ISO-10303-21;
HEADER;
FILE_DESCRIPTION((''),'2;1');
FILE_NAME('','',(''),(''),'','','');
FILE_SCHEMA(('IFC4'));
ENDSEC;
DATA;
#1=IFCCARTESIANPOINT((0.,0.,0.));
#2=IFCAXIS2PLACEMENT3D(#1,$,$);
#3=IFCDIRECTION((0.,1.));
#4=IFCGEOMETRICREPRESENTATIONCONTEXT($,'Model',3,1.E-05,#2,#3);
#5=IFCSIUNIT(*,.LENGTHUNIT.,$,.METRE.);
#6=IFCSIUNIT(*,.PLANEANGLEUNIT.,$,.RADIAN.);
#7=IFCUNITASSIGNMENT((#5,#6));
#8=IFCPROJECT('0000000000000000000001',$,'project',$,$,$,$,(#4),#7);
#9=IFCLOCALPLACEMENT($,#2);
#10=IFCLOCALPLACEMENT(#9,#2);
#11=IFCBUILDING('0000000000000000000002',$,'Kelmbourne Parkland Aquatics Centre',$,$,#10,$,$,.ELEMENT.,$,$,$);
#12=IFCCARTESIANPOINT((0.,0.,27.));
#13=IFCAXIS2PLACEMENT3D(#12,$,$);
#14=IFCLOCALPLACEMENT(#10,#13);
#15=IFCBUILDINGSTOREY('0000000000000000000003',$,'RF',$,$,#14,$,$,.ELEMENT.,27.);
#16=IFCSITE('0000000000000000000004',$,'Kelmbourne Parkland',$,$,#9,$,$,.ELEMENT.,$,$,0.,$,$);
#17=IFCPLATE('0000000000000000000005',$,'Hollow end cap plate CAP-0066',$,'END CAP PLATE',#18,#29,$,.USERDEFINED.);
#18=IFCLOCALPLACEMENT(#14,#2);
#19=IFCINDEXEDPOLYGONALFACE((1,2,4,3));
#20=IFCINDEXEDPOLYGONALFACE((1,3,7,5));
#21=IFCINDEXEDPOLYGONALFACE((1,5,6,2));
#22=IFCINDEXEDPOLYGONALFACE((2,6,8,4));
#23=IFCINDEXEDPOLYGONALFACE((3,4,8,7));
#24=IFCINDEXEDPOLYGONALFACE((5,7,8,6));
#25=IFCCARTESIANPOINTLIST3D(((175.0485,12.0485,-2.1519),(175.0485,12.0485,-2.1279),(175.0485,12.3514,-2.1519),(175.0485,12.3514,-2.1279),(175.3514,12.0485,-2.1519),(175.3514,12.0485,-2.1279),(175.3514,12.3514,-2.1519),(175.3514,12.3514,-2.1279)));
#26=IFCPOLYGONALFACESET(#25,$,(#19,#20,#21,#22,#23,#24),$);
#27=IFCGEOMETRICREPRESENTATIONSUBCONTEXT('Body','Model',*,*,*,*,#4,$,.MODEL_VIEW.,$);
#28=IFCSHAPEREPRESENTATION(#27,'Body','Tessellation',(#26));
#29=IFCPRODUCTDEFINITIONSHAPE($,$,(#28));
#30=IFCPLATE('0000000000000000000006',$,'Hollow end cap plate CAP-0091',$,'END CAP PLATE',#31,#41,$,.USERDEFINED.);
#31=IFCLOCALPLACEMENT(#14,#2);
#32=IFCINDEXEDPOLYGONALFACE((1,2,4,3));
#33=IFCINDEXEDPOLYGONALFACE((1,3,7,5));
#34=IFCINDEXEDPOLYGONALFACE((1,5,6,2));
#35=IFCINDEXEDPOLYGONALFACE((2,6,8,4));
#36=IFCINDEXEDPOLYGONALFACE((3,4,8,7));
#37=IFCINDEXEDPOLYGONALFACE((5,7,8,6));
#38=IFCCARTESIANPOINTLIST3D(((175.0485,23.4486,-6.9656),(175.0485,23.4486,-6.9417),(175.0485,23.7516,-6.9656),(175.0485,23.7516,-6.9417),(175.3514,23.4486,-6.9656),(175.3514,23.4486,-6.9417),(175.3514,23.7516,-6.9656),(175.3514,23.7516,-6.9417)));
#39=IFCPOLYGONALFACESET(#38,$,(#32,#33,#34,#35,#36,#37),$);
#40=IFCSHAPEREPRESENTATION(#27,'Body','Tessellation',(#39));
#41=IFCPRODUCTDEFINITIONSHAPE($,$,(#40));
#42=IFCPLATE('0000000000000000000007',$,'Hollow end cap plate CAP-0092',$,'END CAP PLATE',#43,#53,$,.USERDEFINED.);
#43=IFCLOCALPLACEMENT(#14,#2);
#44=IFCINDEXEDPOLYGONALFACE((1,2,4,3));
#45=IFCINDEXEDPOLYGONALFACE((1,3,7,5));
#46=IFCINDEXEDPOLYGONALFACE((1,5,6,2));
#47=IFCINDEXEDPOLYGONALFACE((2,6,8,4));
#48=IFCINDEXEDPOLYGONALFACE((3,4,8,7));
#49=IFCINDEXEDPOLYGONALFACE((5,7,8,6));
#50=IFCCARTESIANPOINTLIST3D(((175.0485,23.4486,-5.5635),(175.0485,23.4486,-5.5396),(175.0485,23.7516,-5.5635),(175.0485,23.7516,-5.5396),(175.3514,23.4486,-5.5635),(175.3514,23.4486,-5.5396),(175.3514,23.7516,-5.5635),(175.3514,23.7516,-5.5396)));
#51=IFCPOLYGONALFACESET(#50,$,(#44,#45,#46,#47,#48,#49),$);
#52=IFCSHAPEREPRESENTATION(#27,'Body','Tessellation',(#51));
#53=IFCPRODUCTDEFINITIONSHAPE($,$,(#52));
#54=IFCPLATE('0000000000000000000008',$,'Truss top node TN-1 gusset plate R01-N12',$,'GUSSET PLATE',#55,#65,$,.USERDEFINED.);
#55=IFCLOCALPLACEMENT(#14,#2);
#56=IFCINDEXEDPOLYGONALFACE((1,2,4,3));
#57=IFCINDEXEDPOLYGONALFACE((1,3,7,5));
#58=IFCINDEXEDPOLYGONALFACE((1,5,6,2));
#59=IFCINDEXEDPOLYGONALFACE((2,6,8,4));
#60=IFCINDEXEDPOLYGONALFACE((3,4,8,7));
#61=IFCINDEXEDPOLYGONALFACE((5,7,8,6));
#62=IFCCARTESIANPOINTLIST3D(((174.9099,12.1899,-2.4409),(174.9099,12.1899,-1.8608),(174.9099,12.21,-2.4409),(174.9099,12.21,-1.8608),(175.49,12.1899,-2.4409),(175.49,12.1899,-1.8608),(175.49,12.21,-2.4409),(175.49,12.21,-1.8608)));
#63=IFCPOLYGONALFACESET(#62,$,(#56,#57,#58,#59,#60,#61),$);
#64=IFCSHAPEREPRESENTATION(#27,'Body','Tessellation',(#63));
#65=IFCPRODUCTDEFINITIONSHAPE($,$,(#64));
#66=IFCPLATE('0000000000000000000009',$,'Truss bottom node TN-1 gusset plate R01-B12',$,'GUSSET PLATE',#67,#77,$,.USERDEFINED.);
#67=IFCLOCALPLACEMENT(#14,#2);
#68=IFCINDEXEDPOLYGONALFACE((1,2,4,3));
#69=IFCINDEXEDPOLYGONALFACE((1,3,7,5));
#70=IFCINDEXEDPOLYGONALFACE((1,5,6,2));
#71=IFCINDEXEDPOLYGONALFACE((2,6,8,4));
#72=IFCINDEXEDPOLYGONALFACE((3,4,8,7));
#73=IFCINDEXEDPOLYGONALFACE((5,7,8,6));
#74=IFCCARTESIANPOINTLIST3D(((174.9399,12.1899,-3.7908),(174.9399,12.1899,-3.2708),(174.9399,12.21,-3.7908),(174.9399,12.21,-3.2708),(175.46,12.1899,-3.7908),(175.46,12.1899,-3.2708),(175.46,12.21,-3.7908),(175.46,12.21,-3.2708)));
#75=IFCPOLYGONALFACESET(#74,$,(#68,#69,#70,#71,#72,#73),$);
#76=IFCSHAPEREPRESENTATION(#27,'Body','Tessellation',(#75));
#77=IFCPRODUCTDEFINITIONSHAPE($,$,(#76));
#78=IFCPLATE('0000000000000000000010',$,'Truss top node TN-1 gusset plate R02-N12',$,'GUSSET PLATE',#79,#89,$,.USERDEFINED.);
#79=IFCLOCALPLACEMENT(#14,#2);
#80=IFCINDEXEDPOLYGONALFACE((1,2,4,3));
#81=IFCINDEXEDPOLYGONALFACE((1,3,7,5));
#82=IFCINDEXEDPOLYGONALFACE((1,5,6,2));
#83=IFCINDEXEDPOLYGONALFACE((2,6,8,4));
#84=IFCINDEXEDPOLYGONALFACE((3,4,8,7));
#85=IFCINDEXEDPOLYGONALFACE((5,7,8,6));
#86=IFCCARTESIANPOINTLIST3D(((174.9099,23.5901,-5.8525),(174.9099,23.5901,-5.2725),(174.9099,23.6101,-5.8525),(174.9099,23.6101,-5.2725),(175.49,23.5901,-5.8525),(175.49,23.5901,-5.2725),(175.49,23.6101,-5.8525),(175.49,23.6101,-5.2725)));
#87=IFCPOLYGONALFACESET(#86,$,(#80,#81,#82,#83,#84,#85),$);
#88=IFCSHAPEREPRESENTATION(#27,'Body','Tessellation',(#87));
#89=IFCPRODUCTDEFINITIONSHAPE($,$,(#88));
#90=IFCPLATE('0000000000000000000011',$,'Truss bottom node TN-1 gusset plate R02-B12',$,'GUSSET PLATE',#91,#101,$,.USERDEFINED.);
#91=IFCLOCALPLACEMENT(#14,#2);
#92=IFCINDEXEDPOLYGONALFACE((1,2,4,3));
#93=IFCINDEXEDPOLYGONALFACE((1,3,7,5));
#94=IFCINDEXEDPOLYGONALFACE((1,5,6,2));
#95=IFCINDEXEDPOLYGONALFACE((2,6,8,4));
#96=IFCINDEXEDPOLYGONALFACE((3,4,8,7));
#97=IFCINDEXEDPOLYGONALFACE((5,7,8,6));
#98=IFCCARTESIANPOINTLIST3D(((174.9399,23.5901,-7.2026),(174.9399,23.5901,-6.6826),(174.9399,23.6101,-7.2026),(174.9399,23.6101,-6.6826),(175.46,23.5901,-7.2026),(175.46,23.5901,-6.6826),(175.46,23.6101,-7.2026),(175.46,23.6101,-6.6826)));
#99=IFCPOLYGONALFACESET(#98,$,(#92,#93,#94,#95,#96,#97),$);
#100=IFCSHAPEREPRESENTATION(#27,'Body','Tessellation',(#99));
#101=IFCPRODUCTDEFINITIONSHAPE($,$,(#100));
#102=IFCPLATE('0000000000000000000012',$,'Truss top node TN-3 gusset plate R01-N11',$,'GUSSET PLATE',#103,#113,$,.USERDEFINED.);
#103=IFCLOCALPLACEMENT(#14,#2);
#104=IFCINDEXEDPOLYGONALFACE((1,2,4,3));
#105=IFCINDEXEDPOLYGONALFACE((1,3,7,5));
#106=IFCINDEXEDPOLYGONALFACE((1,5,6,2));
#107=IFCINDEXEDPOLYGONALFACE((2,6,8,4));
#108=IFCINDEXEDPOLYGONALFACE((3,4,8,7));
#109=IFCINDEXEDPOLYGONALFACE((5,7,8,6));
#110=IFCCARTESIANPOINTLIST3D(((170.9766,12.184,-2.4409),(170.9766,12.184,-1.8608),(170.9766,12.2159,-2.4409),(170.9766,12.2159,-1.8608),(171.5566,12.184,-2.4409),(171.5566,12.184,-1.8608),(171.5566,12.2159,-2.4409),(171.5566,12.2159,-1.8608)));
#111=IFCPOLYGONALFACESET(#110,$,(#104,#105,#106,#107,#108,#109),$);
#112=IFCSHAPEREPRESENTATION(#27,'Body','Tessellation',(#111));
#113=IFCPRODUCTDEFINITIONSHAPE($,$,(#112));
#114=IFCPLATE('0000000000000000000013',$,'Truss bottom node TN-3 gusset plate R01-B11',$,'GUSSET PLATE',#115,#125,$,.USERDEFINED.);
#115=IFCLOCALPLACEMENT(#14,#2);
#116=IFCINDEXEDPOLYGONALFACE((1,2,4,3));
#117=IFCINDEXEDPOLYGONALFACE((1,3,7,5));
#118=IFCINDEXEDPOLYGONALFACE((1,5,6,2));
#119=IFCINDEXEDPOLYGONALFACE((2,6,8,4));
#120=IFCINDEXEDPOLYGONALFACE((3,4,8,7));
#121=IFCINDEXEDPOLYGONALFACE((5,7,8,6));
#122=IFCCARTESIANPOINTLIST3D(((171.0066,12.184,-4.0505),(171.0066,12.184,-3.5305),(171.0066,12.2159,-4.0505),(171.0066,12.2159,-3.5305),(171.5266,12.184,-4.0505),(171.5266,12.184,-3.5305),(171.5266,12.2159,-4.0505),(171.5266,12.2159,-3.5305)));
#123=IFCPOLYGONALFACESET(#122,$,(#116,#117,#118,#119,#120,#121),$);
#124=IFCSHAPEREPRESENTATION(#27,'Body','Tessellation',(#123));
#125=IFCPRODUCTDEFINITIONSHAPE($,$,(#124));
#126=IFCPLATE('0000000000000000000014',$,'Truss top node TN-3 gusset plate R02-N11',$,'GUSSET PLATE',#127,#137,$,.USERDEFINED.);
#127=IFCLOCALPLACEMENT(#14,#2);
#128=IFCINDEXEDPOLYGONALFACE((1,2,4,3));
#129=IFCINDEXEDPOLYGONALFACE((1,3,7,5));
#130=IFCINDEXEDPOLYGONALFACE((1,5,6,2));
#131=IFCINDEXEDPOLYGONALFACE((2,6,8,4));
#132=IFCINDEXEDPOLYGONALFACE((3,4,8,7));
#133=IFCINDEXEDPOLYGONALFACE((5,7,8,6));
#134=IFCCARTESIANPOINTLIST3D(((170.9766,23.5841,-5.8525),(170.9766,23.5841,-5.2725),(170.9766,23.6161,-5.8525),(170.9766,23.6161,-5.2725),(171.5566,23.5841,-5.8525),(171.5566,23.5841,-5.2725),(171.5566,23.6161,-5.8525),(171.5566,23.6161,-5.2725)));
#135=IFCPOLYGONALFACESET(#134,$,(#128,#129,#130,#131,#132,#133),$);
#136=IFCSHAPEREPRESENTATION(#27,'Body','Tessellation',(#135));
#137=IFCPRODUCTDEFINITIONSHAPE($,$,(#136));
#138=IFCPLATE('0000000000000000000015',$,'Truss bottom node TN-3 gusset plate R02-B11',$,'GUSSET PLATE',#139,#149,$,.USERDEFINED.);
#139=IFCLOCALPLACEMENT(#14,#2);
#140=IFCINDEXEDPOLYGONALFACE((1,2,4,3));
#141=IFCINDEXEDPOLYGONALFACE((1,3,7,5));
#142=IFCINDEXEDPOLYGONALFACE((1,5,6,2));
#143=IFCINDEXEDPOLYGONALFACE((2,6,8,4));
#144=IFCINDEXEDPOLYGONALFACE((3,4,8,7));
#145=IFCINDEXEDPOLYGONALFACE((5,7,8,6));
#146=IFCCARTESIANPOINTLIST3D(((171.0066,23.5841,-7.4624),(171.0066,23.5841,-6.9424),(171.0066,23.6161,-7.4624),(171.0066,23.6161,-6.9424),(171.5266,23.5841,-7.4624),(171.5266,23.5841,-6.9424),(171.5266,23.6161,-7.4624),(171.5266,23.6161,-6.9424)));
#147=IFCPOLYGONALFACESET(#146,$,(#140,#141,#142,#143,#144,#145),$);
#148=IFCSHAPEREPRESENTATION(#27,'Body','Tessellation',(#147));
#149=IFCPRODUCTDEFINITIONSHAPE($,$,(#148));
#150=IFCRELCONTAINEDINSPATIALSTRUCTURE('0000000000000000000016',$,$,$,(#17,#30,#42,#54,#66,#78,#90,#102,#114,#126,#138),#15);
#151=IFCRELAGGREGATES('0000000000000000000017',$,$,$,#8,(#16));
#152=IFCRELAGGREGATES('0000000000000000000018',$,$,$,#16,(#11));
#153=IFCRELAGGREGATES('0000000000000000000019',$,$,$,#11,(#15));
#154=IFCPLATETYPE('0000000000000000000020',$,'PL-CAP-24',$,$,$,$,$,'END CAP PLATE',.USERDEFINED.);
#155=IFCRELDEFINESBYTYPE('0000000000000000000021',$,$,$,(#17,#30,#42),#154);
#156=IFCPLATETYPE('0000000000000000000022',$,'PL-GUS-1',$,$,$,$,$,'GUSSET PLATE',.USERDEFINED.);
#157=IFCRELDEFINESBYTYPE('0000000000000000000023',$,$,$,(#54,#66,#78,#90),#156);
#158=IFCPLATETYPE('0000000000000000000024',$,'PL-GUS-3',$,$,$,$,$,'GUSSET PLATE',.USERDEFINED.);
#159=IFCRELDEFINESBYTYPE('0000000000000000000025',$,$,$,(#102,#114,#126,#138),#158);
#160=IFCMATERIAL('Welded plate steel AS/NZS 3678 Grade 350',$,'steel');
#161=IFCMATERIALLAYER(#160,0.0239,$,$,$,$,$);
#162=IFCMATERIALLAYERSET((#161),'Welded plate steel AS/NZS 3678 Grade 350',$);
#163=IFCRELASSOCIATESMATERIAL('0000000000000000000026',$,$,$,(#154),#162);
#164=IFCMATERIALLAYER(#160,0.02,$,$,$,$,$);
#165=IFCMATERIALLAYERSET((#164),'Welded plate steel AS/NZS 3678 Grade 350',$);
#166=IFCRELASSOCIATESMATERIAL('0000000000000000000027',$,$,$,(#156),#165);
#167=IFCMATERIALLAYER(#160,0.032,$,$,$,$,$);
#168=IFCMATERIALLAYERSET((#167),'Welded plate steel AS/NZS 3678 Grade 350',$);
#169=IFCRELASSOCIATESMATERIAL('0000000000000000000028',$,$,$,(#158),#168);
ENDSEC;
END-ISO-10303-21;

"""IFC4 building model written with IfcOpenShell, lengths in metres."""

from ifc_helpers import new_model, si_unit, direction, frame, origin, origin_2d, place, context, subcontext, project, spatial, rectangle, extrude, material, layer, layer_set, type_object, element, save


model = new_model("IFC4")

# Units and contexts
model_context = context("Model", 3, precision=1e-05, world=origin(), true_north=direction((0.0, 1.0)))
body_context = subcontext(model_context, "Body", "Model", "MODEL_VIEW")
ifc_project = project(units=[si_unit("LENGTHUNIT", "METRE"), si_unit("PLANEANGLEUNIT", "RADIAN")], contexts=[model_context])

# Site, building, storey
site_placement = place(None, origin())
site = spatial("IfcSite", under=ifc_project, at=site_placement, Name="Kelmbourne Parkland", CompositionType="ELEMENT", RefElevation=0.0)
building_placement = place(site_placement, origin())
building = spatial("IfcBuilding", under=site, at=building_placement, Name="Kelmbourne Parkland Aquatics Centre", CompositionType="ELEMENT")
storey_placement = place(building_placement, frame((0.0, 0.0, 27.0)))
storey = spatial("IfcBuildingStorey", under=building, at=storey_placement, Name="RF", CompositionType="ELEMENT", Elevation=27.0)

# Shared definitions
ifc_material_1 = material(Name="Welded plate steel AS/NZS 3678 Grade 350", Category="steel")

# Plates
ifc_layer_1 = layer(ifc_material_1, 0.0239)
ifc_layer_set_1 = layer_set([ifc_layer_1], Name="Welded plate steel AS/NZS 3678 Grade 350")
plate_type_1 = type_object("IfcPlateType", Name="PL-CAP-24", ElementType="END CAP PLATE", PredefinedType="USERDEFINED", material=ifc_layer_set_1)
for number, where, z_axis, x_axis, name in (
    (1, (175.2, 12.2, -2.1519), (0.0, 0.0, 1.0), (1.0, 0.0, 0.0), "Hollow end cap plate CAP-0066"),
    (2, (175.2, 23.6001, -6.9656), (0.0, 0.0, 1.0), (1.0, 0.0, 0.0), "Hollow end cap plate CAP-0091"),
    (3, (175.2, 23.6001, -5.5635), (0.0, 0.0, 1.0), (1.0, 0.0, 0.0), "Hollow end cap plate CAP-0092"),
):
    element("IfcPlate", number, at=place(storey_placement, frame(where, z_axis=z_axis, x_axis=x_axis)), inside=storey, type_object=plate_type_1, Name=name, ObjectType="END CAP PLATE", PredefinedType="USERDEFINED", context=body_context, shape_type="SweptSolid", body=[
        extrude(rectangle(XDim=0.303, YDim=0.303, at=origin_2d()), origin(), (0.0, 0.0, 1.0), 0.0239),
    ])
ifc_layer_2 = layer(ifc_material_1, 0.02)
ifc_layer_set_2 = layer_set([ifc_layer_2], Name="Welded plate steel AS/NZS 3678 Grade 350")
plate_type_2 = type_object("IfcPlateType", Name="PL-GUS-1", ElementType="GUSSET PLATE", PredefinedType="USERDEFINED", material=ifc_layer_set_2)
plate_1_placement = place(storey_placement, frame((175.2, 12.2, -2.4409), z_axis=(0.0, 0.0, 1.0), x_axis=(1.0, 0.0, 0.0)))
element("IfcPlate", 4, at=plate_1_placement, inside=storey, type_object=plate_type_2, Name="Truss top node TN-1 gusset plate R01-N12", ObjectType="GUSSET PLATE", PredefinedType="USERDEFINED", context=body_context, shape_type="SweptSolid", body=[
    extrude(rectangle(XDim=0.5801, YDim=0.02, at=origin_2d()), origin(), (0.0, 0.0, 1.0), 0.5801),
])
plate_2_placement = place(storey_placement, frame((175.2, 12.2, -3.7908), z_axis=(0.0, 0.0, 1.0), x_axis=(1.0, 0.0, 0.0)))
element("IfcPlate", 5, at=plate_2_placement, inside=storey, type_object=plate_type_2, Name="Truss bottom node TN-1 gusset plate R01-B12", ObjectType="GUSSET PLATE", PredefinedType="USERDEFINED", context=body_context, shape_type="SweptSolid", body=[
    extrude(rectangle(XDim=0.52, YDim=0.02, at=origin_2d()), origin(), (0.0, 0.0, 1.0), 0.52),
])
plate_3_placement = place(storey_placement, frame((175.2, 23.6001, -5.8525), z_axis=(0.0, 0.0, 1.0), x_axis=(1.0, 0.0, 0.0)))
element("IfcPlate", 6, at=plate_3_placement, inside=storey, type_object=plate_type_2, Name="Truss top node TN-1 gusset plate R02-N12", ObjectType="GUSSET PLATE", PredefinedType="USERDEFINED", context=body_context, shape_type="SweptSolid", body=[
    extrude(rectangle(XDim=0.5801, YDim=0.02, at=origin_2d()), origin(), (0.0, 0.0, 1.0), 0.5801),
])
plate_4_placement = place(storey_placement, frame((175.2, 23.6001, -7.2026), z_axis=(0.0, 0.0, 1.0), x_axis=(1.0, 0.0, 0.0)))
element("IfcPlate", 7, at=plate_4_placement, inside=storey, type_object=plate_type_2, Name="Truss bottom node TN-1 gusset plate R02-B12", ObjectType="GUSSET PLATE", PredefinedType="USERDEFINED", context=body_context, shape_type="SweptSolid", body=[
    extrude(rectangle(XDim=0.52, YDim=0.02, at=origin_2d()), origin(), (0.0, 0.0, 1.0), 0.52),
])
ifc_layer_3 = layer(ifc_material_1, 0.032)
ifc_layer_set_3 = layer_set([ifc_layer_3], Name="Welded plate steel AS/NZS 3678 Grade 350")
plate_type_3 = type_object("IfcPlateType", Name="PL-GUS-3", ElementType="GUSSET PLATE", PredefinedType="USERDEFINED", material=ifc_layer_set_3)
plate_5_placement = place(storey_placement, frame((171.2666, 12.2, -2.4409), z_axis=(0.0, 0.0, 1.0), x_axis=(1.0, 0.0, 0.0)))
element("IfcPlate", 8, at=plate_5_placement, inside=storey, type_object=plate_type_3, Name="Truss top node TN-3 gusset plate R01-N11", ObjectType="GUSSET PLATE", PredefinedType="USERDEFINED", context=body_context, shape_type="SweptSolid", body=[
    extrude(rectangle(XDim=0.5801, YDim=0.032, at=origin_2d()), origin(), (0.0, 0.0, 1.0), 0.5801),
])
plate_6_placement = place(storey_placement, frame((171.2666, 12.2, -4.0505), z_axis=(0.0, 0.0, 1.0), x_axis=(1.0, 0.0, 0.0)))
element("IfcPlate", 9, at=plate_6_placement, inside=storey, type_object=plate_type_3, Name="Truss bottom node TN-3 gusset plate R01-B11", ObjectType="GUSSET PLATE", PredefinedType="USERDEFINED", context=body_context, shape_type="SweptSolid", body=[
    extrude(rectangle(XDim=0.52, YDim=0.032, at=origin_2d()), origin(), (0.0, 0.0, 1.0), 0.52),
])
plate_7_placement = place(storey_placement, frame((171.2666, 23.6001, -5.8525), z_axis=(0.0, 0.0, 1.0), x_axis=(1.0, 0.0, 0.0)))
element("IfcPlate", 10, at=plate_7_placement, inside=storey, type_object=plate_type_3, Name="Truss top node TN-3 gusset plate R02-N11", ObjectType="GUSSET PLATE", PredefinedType="USERDEFINED", context=body_context, shape_type="SweptSolid", body=[
    extrude(rectangle(XDim=0.5801, YDim=0.032, at=origin_2d()), origin(), (0.0, 0.0, 1.0), 0.5801),
])
plate_8_placement = place(storey_placement, frame((171.2666, 23.6001, -7.4624), z_axis=(0.0, 0.0, 1.0), x_axis=(1.0, 0.0, 0.0)))
element("IfcPlate", 11, at=plate_8_placement, inside=storey, type_object=plate_type_3, Name="Truss bottom node TN-3 gusset plate R02-B11", ObjectType="GUSSET PLATE", PredefinedType="USERDEFINED", context=body_context, shape_type="SweptSolid", body=[
    extrude(rectangle(XDim=0.52, YDim=0.032, at=origin_2d()), origin(), (0.0, 0.0, 1.0), 0.52),
])

save(model, "model.ifc")
